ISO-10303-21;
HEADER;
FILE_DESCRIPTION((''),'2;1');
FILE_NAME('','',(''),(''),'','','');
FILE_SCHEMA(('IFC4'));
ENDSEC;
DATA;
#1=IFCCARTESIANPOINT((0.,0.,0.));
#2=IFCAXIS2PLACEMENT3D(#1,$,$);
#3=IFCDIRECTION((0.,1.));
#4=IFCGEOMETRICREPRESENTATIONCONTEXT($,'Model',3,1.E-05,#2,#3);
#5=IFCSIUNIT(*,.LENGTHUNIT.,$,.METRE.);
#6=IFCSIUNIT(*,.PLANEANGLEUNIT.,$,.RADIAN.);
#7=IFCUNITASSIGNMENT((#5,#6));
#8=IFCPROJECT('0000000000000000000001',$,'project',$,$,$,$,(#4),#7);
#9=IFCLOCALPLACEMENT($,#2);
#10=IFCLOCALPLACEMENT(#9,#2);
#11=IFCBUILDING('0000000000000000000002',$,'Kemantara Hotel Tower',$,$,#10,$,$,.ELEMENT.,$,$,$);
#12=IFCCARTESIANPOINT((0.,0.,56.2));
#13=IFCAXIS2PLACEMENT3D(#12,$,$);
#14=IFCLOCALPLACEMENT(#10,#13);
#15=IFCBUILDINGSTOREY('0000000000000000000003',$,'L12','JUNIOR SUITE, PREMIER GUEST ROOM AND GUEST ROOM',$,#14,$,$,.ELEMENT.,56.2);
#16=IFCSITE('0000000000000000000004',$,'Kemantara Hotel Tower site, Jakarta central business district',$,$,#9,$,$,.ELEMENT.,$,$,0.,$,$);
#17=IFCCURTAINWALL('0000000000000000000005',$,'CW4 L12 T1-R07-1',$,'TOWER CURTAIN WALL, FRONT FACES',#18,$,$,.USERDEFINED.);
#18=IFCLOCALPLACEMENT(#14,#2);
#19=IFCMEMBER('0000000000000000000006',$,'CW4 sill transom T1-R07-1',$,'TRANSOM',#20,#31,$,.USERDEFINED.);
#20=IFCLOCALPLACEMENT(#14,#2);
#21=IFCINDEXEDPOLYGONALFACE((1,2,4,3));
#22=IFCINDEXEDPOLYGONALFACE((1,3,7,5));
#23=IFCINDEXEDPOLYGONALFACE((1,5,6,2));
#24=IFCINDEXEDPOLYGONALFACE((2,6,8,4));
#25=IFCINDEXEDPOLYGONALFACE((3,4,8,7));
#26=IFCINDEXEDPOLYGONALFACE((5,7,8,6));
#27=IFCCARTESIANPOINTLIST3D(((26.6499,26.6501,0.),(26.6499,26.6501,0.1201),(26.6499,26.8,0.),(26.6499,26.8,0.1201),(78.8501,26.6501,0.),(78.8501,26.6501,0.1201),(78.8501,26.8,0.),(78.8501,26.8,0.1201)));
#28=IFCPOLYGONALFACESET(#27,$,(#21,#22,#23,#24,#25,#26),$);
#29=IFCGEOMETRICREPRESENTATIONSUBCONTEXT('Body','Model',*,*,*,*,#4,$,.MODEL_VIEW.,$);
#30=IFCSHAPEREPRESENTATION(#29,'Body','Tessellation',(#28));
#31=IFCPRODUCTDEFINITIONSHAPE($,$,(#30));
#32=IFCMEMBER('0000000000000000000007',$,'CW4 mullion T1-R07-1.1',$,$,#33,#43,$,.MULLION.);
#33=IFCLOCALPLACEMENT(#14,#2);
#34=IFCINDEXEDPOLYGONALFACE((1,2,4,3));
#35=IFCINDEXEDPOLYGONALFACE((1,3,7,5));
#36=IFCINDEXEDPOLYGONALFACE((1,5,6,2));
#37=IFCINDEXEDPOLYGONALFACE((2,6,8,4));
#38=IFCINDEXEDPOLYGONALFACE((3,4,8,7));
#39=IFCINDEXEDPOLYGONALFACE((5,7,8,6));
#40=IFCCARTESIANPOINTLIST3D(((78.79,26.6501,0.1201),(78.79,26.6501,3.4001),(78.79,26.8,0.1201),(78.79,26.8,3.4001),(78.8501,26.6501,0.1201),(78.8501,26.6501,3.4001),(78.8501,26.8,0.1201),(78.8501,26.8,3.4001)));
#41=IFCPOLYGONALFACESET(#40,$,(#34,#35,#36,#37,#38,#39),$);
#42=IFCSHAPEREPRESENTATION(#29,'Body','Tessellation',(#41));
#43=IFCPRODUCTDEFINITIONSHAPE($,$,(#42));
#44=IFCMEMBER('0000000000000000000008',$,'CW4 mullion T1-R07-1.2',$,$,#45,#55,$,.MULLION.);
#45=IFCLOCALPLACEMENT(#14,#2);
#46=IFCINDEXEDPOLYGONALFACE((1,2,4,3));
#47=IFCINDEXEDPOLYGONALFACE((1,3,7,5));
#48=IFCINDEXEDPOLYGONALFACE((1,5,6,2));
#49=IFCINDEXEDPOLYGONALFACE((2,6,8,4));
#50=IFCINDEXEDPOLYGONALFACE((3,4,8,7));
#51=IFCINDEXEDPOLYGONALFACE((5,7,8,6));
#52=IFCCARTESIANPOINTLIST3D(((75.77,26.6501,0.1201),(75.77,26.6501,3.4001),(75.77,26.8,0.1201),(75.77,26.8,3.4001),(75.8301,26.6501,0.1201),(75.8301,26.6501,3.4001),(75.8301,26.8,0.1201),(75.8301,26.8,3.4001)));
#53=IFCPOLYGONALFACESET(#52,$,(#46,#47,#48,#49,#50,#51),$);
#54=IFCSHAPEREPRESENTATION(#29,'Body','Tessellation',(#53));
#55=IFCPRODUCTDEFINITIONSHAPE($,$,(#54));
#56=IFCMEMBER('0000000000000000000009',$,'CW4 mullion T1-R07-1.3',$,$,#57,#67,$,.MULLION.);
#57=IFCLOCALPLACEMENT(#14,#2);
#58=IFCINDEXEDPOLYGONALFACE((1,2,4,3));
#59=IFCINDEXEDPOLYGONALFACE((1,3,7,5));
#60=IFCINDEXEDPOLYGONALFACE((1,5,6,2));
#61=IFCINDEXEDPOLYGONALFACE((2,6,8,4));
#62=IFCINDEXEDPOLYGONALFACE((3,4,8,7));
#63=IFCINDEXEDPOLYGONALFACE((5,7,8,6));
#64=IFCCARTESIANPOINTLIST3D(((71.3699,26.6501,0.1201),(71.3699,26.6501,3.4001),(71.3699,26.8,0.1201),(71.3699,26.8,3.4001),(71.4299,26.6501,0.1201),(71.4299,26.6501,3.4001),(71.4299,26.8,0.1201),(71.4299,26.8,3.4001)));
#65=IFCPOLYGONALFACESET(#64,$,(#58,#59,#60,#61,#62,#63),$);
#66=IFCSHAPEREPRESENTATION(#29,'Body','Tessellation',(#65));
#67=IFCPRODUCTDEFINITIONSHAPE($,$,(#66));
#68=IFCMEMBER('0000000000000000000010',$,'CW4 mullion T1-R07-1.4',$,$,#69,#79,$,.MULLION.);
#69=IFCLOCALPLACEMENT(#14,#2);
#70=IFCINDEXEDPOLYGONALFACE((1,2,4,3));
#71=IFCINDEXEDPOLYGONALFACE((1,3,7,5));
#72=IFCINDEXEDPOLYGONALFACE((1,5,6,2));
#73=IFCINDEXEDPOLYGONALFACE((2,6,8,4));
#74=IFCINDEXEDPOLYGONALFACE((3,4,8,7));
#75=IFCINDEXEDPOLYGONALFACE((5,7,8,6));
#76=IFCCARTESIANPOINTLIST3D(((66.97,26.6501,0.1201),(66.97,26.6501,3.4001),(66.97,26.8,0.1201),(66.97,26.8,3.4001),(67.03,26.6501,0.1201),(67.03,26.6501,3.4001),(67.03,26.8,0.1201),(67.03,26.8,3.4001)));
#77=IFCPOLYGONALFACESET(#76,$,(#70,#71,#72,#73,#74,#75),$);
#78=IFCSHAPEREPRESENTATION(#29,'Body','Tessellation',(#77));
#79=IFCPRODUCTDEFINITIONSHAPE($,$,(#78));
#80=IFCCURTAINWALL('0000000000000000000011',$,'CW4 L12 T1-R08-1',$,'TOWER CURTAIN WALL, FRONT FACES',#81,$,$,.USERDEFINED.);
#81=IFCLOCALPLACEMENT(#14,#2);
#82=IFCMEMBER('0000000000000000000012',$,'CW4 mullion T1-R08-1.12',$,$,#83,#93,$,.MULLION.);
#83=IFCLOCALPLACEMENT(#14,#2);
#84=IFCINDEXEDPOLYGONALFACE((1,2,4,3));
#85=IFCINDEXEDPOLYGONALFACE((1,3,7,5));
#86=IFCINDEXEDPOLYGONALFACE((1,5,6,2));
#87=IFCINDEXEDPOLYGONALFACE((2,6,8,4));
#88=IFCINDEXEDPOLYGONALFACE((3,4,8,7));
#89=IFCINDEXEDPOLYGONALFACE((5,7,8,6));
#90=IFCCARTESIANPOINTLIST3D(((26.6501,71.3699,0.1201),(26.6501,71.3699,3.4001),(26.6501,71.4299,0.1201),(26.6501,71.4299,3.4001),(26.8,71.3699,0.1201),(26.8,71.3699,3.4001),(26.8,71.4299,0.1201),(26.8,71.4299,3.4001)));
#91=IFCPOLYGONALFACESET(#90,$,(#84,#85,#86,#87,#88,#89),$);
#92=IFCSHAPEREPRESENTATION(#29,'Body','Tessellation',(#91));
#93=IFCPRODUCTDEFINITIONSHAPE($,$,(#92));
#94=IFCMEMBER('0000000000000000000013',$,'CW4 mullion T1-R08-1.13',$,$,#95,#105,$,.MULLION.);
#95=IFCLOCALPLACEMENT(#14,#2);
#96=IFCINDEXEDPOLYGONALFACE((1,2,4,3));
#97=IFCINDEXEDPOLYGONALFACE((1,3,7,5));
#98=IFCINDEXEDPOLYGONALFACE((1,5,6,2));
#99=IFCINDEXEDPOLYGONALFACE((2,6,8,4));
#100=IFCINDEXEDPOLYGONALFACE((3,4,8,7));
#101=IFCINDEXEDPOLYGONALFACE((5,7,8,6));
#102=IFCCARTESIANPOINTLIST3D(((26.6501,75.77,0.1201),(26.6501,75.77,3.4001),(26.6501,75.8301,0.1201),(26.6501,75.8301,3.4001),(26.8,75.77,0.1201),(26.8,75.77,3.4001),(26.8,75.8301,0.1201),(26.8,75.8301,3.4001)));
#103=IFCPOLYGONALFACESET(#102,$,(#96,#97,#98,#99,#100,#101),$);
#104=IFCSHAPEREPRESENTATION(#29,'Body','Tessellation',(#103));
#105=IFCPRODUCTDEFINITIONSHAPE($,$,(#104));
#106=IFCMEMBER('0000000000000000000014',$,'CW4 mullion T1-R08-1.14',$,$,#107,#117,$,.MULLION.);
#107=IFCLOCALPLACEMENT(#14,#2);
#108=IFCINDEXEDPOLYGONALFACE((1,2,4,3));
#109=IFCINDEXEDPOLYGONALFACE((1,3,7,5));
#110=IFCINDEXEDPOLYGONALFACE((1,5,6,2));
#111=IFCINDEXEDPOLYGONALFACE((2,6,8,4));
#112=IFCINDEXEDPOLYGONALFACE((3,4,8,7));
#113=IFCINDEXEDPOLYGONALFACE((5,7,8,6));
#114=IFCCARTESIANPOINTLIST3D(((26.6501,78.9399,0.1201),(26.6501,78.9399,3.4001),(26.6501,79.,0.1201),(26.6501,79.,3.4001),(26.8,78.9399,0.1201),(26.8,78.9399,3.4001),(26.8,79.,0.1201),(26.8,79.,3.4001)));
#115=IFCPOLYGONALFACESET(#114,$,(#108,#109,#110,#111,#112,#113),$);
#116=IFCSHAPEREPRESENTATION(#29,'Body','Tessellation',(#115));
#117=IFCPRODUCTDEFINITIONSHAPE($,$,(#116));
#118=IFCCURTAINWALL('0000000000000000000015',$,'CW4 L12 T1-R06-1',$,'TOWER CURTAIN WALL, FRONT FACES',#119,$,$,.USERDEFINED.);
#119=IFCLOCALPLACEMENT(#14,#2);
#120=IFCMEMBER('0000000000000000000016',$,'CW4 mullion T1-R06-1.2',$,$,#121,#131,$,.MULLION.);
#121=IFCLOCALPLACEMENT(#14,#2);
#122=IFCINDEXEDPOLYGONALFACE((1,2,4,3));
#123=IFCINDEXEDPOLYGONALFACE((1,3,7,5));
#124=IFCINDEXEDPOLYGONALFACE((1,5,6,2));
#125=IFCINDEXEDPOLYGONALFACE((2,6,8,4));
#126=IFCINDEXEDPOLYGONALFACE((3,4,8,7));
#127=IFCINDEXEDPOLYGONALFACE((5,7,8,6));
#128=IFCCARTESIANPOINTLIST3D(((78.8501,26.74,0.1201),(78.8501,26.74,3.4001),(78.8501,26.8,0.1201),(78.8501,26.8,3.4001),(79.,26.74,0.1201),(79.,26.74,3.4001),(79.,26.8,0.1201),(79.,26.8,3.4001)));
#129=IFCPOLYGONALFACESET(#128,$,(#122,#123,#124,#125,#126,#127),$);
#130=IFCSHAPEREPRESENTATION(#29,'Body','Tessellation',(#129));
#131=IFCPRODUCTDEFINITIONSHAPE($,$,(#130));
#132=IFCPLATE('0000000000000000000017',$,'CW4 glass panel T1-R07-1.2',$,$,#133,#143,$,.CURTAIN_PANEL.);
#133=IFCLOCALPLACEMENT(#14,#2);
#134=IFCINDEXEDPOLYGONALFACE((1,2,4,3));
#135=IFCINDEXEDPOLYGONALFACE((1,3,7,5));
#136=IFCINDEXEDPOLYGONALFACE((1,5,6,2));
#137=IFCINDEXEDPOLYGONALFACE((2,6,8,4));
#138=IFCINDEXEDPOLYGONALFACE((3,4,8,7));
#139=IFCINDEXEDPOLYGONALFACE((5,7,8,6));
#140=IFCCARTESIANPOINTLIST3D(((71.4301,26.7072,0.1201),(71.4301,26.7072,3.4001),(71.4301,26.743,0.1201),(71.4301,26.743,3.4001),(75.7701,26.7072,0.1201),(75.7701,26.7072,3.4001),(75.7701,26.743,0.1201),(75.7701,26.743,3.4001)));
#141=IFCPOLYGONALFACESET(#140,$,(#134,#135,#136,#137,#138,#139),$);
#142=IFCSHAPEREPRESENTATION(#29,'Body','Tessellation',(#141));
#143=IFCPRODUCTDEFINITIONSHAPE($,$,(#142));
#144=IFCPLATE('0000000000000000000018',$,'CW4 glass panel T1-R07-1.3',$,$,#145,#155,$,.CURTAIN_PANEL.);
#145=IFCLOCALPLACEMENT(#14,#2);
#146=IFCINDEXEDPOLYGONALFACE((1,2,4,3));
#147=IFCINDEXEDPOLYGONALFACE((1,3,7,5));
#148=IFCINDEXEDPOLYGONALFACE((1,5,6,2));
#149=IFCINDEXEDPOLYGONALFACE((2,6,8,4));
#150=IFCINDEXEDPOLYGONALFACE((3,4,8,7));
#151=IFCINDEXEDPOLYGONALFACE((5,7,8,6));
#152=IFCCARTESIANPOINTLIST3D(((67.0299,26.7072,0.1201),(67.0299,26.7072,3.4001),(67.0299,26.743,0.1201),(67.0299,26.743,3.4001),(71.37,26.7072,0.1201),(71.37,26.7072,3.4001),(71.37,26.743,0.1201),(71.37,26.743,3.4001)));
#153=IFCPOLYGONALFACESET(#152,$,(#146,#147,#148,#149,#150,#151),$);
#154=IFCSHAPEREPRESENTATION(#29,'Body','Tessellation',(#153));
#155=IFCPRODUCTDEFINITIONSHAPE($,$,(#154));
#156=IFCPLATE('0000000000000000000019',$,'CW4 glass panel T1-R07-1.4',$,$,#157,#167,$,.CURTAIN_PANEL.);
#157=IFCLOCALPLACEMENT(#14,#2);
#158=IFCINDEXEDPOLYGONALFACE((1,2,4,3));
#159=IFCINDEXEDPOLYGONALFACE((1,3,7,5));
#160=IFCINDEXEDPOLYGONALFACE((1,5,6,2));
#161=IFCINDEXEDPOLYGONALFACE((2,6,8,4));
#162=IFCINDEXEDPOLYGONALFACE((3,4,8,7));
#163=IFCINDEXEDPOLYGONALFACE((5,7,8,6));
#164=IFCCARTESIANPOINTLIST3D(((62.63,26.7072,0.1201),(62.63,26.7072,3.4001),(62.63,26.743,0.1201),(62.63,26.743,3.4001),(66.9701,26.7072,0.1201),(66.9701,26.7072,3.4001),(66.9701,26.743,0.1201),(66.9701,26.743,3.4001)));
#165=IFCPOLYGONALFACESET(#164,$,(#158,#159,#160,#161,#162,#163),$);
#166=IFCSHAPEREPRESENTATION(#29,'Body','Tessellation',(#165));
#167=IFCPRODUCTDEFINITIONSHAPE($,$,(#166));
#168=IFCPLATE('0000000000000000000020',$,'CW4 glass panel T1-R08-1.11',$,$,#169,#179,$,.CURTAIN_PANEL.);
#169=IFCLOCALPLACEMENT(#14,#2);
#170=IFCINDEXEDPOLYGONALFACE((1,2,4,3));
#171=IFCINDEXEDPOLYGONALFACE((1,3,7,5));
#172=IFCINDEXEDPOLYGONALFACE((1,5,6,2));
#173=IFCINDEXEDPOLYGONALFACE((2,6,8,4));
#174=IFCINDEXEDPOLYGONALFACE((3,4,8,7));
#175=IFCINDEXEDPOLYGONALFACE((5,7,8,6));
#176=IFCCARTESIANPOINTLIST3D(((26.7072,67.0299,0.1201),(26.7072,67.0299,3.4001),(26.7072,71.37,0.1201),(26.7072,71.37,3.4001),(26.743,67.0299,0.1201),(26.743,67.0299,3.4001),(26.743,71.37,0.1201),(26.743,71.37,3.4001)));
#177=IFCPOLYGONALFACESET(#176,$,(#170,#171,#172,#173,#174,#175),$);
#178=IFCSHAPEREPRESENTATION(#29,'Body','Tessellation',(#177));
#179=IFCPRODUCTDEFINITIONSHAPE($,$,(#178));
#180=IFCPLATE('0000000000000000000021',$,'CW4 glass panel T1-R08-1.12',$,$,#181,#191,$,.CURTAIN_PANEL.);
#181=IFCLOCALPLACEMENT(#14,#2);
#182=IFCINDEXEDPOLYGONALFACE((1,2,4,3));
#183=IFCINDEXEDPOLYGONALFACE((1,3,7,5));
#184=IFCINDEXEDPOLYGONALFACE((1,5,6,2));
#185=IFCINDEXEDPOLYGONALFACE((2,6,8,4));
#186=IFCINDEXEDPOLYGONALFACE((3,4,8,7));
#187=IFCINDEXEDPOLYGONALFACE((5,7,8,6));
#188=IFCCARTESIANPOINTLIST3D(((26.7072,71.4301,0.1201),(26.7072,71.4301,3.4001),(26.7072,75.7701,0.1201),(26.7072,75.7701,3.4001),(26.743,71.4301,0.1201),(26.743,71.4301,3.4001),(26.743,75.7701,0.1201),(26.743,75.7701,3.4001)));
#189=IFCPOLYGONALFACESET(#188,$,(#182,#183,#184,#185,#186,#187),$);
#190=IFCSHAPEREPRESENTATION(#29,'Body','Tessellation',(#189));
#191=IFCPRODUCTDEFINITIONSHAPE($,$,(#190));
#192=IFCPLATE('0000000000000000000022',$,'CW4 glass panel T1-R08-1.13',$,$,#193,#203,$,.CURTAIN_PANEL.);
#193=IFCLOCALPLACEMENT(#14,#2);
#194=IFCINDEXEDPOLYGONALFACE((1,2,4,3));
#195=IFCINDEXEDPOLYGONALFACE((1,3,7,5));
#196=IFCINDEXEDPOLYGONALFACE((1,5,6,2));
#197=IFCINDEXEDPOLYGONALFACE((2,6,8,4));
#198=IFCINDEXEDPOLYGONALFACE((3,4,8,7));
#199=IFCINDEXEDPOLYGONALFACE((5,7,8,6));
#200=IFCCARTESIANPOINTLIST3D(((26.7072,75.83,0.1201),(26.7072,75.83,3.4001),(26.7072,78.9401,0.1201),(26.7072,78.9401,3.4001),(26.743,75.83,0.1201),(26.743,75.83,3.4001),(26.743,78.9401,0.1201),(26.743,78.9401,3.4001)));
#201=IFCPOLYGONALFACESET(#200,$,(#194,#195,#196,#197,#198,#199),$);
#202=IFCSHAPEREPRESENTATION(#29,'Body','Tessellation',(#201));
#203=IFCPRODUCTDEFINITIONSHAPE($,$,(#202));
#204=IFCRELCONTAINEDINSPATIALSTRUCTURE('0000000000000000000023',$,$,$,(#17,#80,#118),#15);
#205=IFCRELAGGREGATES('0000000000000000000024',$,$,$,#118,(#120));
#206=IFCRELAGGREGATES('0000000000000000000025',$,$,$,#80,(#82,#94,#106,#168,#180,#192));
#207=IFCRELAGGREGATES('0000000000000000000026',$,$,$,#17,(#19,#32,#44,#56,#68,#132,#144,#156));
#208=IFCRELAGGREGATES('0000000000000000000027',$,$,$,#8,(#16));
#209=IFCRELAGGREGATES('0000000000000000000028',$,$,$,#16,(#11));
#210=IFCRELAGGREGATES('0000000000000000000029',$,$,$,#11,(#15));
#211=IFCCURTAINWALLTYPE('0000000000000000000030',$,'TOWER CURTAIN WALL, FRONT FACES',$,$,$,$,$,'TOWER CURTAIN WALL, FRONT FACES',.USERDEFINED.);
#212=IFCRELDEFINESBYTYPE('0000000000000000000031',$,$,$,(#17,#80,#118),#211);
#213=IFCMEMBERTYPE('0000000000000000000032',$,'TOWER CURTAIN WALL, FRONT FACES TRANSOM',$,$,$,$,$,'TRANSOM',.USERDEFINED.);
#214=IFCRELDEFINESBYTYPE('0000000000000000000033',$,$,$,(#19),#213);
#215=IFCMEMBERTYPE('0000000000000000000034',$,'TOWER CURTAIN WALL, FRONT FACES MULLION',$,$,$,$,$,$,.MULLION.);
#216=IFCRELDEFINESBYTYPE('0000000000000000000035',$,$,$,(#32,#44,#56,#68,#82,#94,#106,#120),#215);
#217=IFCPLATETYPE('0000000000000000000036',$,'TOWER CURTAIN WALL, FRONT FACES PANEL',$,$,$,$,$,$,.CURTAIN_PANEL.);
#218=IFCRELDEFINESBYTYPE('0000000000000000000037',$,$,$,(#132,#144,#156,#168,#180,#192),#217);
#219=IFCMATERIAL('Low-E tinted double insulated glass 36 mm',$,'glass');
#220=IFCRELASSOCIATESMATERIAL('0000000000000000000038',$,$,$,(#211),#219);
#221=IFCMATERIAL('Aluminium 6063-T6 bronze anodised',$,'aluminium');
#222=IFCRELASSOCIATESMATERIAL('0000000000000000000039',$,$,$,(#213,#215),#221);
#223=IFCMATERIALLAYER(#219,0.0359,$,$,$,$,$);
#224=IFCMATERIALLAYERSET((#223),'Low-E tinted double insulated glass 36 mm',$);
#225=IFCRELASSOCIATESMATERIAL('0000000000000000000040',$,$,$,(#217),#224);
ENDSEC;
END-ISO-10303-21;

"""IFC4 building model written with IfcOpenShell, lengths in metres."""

from ifc_helpers import new_model, si_unit, direction, frame, origin, origin_2d, place, context, subcontext, project, spatial, rectangle, extrude, source, transform, mapped, material, layer, layer_set, material_profile, profile_set, type_object, element, aggregate, save


model = new_model("IFC4")

# Units and contexts
model_context = context("Model", 3, precision=1e-05, world=origin(), true_north=direction((0.0, 1.0)))
body_context = subcontext(model_context, "Body", "Model", "MODEL_VIEW")
ifc_project = project(units=[si_unit("LENGTHUNIT", "METRE"), si_unit("PLANEANGLEUNIT", "RADIAN")], contexts=[model_context])

# Site, building, storey
site_placement = place(None, origin())
site = spatial("IfcSite", under=ifc_project, at=site_placement, Name="Kemantara Hotel Tower site, Jakarta central business district", CompositionType="ELEMENT", RefElevation=0.0)
building_placement = place(site_placement, origin())
building = spatial("IfcBuilding", under=site, at=building_placement, Name="Kemantara Hotel Tower", CompositionType="ELEMENT")
storey_placement = place(building_placement, frame((0.0, 0.0, 56.2)))
storey = spatial("IfcBuildingStorey", under=building, at=storey_placement, Name="L12", Description="JUNIOR SUITE, PREMIER GUEST ROOM AND GUEST ROOM", CompositionType="ELEMENT", Elevation=56.2)

# Curtain walls, members
ifc_material_1 = material(Name="Low-E tinted double insulated glass 36 mm", Category="glass")
curtain_wall_type = type_object("IfcCurtainWallType", Name="TOWER CURTAIN WALL, FRONT FACES", ElementType="TOWER CURTAIN WALL, FRONT FACES", PredefinedType="USERDEFINED", material=ifc_material_1)
curtain_wall_1_placement = place(storey_placement, origin())
curtain_wall_1 = element("IfcCurtainWall", 1, at=curtain_wall_1_placement, inside=storey, type_object=curtain_wall_type, Name="CW4 L12 T1-R07-1", ObjectType="TOWER CURTAIN WALL, FRONT FACES", PredefinedType="USERDEFINED")
ifc_material_2 = material(Name="Aluminium 6063-T6 bronze anodised", Category="aluminium")
ifc_material_profile_1 = material_profile(ifc_material_2, rectangle(XDim=0.1499, YDim=0.1201, at=origin_2d()), Name="TOWER CURTAIN WALL, FRONT FACES TRANSOM")
ifc_profile_set_1 = profile_set([ifc_material_profile_1], Name="Aluminium 6063-T6 bronze anodised")
member_type_1 = type_object("IfcMemberType", Name="TOWER CURTAIN WALL, FRONT FACES TRANSOM", ElementType="TRANSOM", PredefinedType="USERDEFINED", material=ifc_profile_set_1)
member_1_placement = place(storey_placement, frame((78.8501, 26.7251, 0.0601), z_axis=(-1.0, 0.0, 0.0), x_axis=(0.0, -1.0, 0.0)))
member_1 = element("IfcMember", 2, at=member_1_placement, type_object=member_type_1, Name="CW4 sill transom T1-R07-1", ObjectType="TRANSOM", PredefinedType="USERDEFINED", context=body_context, shape_type="SweptSolid", body=[
    extrude(rectangle(XDim=0.1499, YDim=0.1201, at=origin_2d()), origin(), (0.0, 0.0, 1.0), 52.2002),
])
ifc_material_profile_2 = material_profile(ifc_material_2, rectangle(XDim=0.1499, YDim=0.0601, at=origin_2d()), Name="TOWER CURTAIN WALL, FRONT FACES MULLION")
ifc_profile_set_2 = profile_set([ifc_material_profile_2], Name="Aluminium 6063-T6 bronze anodised")
member_type_2 = type_object("IfcMemberType", Name="TOWER CURTAIN WALL, FRONT FACES MULLION", PredefinedType="MULLION", material=ifc_profile_set_2)
shared_shape_1 = source(origin(), body_context, "Body", "SweptSolid", [
    extrude(rectangle(XDim=0.1499, YDim=0.0601, at=origin_2d()), origin(), (0.0, 0.0, 1.0), 3.28),
])
member_2_placement = place(storey_placement, frame((78.8201, 26.7251, 0.1201), z_axis=(0.0, 0.0, 1.0), x_axis=(0.0, -1.0, 0.0)))
member_2 = element("IfcMember", 3, at=member_2_placement, type_object=member_type_2, Name="CW4 mullion T1-R07-1.1", PredefinedType="MULLION", context=body_context, shape_type="MappedRepresentation", body=[
    mapped(shared_shape_1, transform((0.0, 0.0, 0.0))),
])
member_3_placement = place(storey_placement, frame((75.8, 26.7251, 0.1201), z_axis=(0.0, 0.0, 1.0), x_axis=(0.0, -1.0, 0.0)))
member_3 = element("IfcMember", 4, at=member_3_placement, type_object=member_type_2, Name="CW4 mullion T1-R07-1.2", PredefinedType="MULLION", context=body_context, shape_type="MappedRepresentation", body=[
    mapped(shared_shape_1, transform((0.0, 0.0, 0.0))),
])
member_4_placement = place(storey_placement, frame((71.3999, 26.7251, 0.1201), z_axis=(0.0, 0.0, 1.0), x_axis=(0.0, -1.0, 0.0)))
member_4 = element("IfcMember", 5, at=member_4_placement, type_object=member_type_2, Name="CW4 mullion T1-R07-1.3", PredefinedType="MULLION", context=body_context, shape_type="MappedRepresentation", body=[
    mapped(shared_shape_1, transform((0.0, 0.0, 0.0))),
])
member_5_placement = place(storey_placement, frame((67.0, 26.7251, 0.1201), z_axis=(0.0, 0.0, 1.0), x_axis=(0.0, -1.0, 0.0)))
member_5 = element("IfcMember", 6, at=member_5_placement, type_object=member_type_2, Name="CW4 mullion T1-R07-1.4", PredefinedType="MULLION", context=body_context, shape_type="MappedRepresentation", body=[
    mapped(shared_shape_1, transform((0.0, 0.0, 0.0))),
])
curtain_wall_2_placement = place(storey_placement, origin())
curtain_wall_2 = element("IfcCurtainWall", 7, at=curtain_wall_2_placement, inside=storey, type_object=curtain_wall_type, Name="CW4 L12 T1-R08-1", ObjectType="TOWER CURTAIN WALL, FRONT FACES", PredefinedType="USERDEFINED")
member_6_placement = place(storey_placement, frame((26.7251, 71.3999, 0.1201), z_axis=(0.0, 0.0, 1.0), x_axis=(-1.0, 0.0, 0.0)))
member_6 = element("IfcMember", 8, at=member_6_placement, type_object=member_type_2, Name="CW4 mullion T1-R08-1.12", PredefinedType="MULLION", context=body_context, shape_type="MappedRepresentation", body=[
    mapped(shared_shape_1, transform((0.0, 0.0, 0.0))),
])
member_7_placement = place(storey_placement, frame((26.7251, 75.8, 0.1201), z_axis=(0.0, 0.0, 1.0), x_axis=(-1.0, 0.0, 0.0)))
member_7 = element("IfcMember", 9, at=member_7_placement, type_object=member_type_2, Name="CW4 mullion T1-R08-1.13", PredefinedType="MULLION", context=body_context, shape_type="MappedRepresentation", body=[
    mapped(shared_shape_1, transform((0.0, 0.0, 0.0))),
])
member_8_placement = place(storey_placement, frame((26.7251, 78.97, 0.1201), z_axis=(0.0, 0.0, 1.0), x_axis=(-1.0, 0.0, 0.0)))
member_8 = element("IfcMember", 10, at=member_8_placement, type_object=member_type_2, Name="CW4 mullion T1-R08-1.14", PredefinedType="MULLION", context=body_context, shape_type="MappedRepresentation", body=[
    mapped(shared_shape_1, transform((0.0, 0.0, 0.0))),
])

# Curtain wall, member
curtain_wall_3_placement = place(storey_placement, origin())
curtain_wall_3 = element("IfcCurtainWall", 11, at=curtain_wall_3_placement, inside=storey, type_object=curtain_wall_type, Name="CW4 L12 T1-R06-1", ObjectType="TOWER CURTAIN WALL, FRONT FACES", PredefinedType="USERDEFINED")
member_9_placement = place(storey_placement, frame((78.925, 26.77, 0.1201), z_axis=(0.0, 0.0, 1.0), x_axis=(-1.0, 0.0, 0.0)))
member_9 = element("IfcMember", 12, at=member_9_placement, type_object=member_type_2, Name="CW4 mullion T1-R06-1.2", PredefinedType="MULLION", context=body_context, shape_type="MappedRepresentation", body=[
    mapped(shared_shape_1, transform((0.0, 0.0, 0.0))),
])
aggregate(curtain_wall_3, [member_9])

# Plates
ifc_layer_1 = layer(ifc_material_1, 0.0359)
ifc_layer_set_1 = layer_set([ifc_layer_1], Name="Low-E tinted double insulated glass 36 mm")
plate_type = type_object("IfcPlateType", Name="TOWER CURTAIN WALL, FRONT FACES PANEL", PredefinedType="CURTAIN_PANEL", material=ifc_layer_set_1)
shared_shape_2 = source(origin(), body_context, "Body", "SweptSolid", [
    extrude(rectangle(XDim=4.3401, YDim=0.0359, at=origin_2d()), origin(), (0.0, 0.0, 1.0), 3.28),
])
plate_1_placement = place(storey_placement, frame((73.6001, 26.7251, 0.1201), z_axis=(0.0, 0.0, 1.0), x_axis=(-1.0, 0.0, 0.0)))
plate_1 = element("IfcPlate", 13, at=plate_1_placement, type_object=plate_type, Name="CW4 glass panel T1-R07-1.2", PredefinedType="CURTAIN_PANEL", context=body_context, shape_type="MappedRepresentation", body=[
    mapped(shared_shape_2, transform((0.0, 0.0, 0.0))),
])
plate_2_placement = place(storey_placement, frame((69.2, 26.7251, 0.1201), z_axis=(0.0, 0.0, 1.0), x_axis=(-1.0, 0.0, 0.0)))
plate_2 = element("IfcPlate", 14, at=plate_2_placement, type_object=plate_type, Name="CW4 glass panel T1-R07-1.3", PredefinedType="CURTAIN_PANEL", context=body_context, shape_type="MappedRepresentation", body=[
    mapped(shared_shape_2, transform((0.0, 0.0, 0.0))),
])
plate_3_placement = place(storey_placement, frame((64.8, 26.7251, 0.1201), z_axis=(0.0, 0.0, 1.0), x_axis=(-1.0, 0.0, 0.0)))
plate_3 = element("IfcPlate", 15, at=plate_3_placement, type_object=plate_type, Name="CW4 glass panel T1-R07-1.4", PredefinedType="CURTAIN_PANEL", context=body_context, shape_type="MappedRepresentation", body=[
    mapped(shared_shape_2, transform((0.0, 0.0, 0.0))),
])
plate_4_placement = place(storey_placement, frame((26.7251, 69.2, 0.1201), z_axis=(0.0, 0.0, 1.0), x_axis=(0.0, 1.0, 0.0)))
plate_4 = element("IfcPlate", 16, at=plate_4_placement, type_object=plate_type, Name="CW4 glass panel T1-R08-1.11", PredefinedType="CURTAIN_PANEL", context=body_context, shape_type="MappedRepresentation", body=[
    mapped(shared_shape_2, transform((0.0, 0.0, 0.0))),
])
plate_5_placement = place(storey_placement, frame((26.7251, 73.6001, 0.1201), z_axis=(0.0, 0.0, 1.0), x_axis=(0.0, 1.0, 0.0)))
plate_5 = element("IfcPlate", 17, at=plate_5_placement, type_object=plate_type, Name="CW4 glass panel T1-R08-1.12", PredefinedType="CURTAIN_PANEL", context=body_context, shape_type="MappedRepresentation", body=[
    mapped(shared_shape_2, transform((0.0, 0.0, 0.0))),
])
shared_shape_3 = source(origin(), body_context, "Body", "SweptSolid", [
    extrude(rectangle(XDim=3.1101, YDim=0.0359, at=origin_2d()), origin(), (0.0, 0.0, 1.0), 3.28),
])
plate_6_placement = place(storey_placement, frame((26.7251, 77.385, 0.1201), z_axis=(0.0, 0.0, 1.0), x_axis=(0.0, 1.0, 0.0)))
plate_6 = element("IfcPlate", 18, at=plate_6_placement, type_object=plate_type, Name="CW4 glass panel T1-R08-1.13", PredefinedType="CURTAIN_PANEL", context=body_context, shape_type="MappedRepresentation", body=[
    mapped(shared_shape_3, transform((0.0, 0.0, 0.0))),
])
aggregate(curtain_wall_2, [member_6, member_7, member_8, plate_4, plate_5, plate_6])
aggregate(curtain_wall_1, [member_1, member_2, member_3, member_4, member_5, plate_1, plate_2, plate_3])

save(model, "model.ifc")
